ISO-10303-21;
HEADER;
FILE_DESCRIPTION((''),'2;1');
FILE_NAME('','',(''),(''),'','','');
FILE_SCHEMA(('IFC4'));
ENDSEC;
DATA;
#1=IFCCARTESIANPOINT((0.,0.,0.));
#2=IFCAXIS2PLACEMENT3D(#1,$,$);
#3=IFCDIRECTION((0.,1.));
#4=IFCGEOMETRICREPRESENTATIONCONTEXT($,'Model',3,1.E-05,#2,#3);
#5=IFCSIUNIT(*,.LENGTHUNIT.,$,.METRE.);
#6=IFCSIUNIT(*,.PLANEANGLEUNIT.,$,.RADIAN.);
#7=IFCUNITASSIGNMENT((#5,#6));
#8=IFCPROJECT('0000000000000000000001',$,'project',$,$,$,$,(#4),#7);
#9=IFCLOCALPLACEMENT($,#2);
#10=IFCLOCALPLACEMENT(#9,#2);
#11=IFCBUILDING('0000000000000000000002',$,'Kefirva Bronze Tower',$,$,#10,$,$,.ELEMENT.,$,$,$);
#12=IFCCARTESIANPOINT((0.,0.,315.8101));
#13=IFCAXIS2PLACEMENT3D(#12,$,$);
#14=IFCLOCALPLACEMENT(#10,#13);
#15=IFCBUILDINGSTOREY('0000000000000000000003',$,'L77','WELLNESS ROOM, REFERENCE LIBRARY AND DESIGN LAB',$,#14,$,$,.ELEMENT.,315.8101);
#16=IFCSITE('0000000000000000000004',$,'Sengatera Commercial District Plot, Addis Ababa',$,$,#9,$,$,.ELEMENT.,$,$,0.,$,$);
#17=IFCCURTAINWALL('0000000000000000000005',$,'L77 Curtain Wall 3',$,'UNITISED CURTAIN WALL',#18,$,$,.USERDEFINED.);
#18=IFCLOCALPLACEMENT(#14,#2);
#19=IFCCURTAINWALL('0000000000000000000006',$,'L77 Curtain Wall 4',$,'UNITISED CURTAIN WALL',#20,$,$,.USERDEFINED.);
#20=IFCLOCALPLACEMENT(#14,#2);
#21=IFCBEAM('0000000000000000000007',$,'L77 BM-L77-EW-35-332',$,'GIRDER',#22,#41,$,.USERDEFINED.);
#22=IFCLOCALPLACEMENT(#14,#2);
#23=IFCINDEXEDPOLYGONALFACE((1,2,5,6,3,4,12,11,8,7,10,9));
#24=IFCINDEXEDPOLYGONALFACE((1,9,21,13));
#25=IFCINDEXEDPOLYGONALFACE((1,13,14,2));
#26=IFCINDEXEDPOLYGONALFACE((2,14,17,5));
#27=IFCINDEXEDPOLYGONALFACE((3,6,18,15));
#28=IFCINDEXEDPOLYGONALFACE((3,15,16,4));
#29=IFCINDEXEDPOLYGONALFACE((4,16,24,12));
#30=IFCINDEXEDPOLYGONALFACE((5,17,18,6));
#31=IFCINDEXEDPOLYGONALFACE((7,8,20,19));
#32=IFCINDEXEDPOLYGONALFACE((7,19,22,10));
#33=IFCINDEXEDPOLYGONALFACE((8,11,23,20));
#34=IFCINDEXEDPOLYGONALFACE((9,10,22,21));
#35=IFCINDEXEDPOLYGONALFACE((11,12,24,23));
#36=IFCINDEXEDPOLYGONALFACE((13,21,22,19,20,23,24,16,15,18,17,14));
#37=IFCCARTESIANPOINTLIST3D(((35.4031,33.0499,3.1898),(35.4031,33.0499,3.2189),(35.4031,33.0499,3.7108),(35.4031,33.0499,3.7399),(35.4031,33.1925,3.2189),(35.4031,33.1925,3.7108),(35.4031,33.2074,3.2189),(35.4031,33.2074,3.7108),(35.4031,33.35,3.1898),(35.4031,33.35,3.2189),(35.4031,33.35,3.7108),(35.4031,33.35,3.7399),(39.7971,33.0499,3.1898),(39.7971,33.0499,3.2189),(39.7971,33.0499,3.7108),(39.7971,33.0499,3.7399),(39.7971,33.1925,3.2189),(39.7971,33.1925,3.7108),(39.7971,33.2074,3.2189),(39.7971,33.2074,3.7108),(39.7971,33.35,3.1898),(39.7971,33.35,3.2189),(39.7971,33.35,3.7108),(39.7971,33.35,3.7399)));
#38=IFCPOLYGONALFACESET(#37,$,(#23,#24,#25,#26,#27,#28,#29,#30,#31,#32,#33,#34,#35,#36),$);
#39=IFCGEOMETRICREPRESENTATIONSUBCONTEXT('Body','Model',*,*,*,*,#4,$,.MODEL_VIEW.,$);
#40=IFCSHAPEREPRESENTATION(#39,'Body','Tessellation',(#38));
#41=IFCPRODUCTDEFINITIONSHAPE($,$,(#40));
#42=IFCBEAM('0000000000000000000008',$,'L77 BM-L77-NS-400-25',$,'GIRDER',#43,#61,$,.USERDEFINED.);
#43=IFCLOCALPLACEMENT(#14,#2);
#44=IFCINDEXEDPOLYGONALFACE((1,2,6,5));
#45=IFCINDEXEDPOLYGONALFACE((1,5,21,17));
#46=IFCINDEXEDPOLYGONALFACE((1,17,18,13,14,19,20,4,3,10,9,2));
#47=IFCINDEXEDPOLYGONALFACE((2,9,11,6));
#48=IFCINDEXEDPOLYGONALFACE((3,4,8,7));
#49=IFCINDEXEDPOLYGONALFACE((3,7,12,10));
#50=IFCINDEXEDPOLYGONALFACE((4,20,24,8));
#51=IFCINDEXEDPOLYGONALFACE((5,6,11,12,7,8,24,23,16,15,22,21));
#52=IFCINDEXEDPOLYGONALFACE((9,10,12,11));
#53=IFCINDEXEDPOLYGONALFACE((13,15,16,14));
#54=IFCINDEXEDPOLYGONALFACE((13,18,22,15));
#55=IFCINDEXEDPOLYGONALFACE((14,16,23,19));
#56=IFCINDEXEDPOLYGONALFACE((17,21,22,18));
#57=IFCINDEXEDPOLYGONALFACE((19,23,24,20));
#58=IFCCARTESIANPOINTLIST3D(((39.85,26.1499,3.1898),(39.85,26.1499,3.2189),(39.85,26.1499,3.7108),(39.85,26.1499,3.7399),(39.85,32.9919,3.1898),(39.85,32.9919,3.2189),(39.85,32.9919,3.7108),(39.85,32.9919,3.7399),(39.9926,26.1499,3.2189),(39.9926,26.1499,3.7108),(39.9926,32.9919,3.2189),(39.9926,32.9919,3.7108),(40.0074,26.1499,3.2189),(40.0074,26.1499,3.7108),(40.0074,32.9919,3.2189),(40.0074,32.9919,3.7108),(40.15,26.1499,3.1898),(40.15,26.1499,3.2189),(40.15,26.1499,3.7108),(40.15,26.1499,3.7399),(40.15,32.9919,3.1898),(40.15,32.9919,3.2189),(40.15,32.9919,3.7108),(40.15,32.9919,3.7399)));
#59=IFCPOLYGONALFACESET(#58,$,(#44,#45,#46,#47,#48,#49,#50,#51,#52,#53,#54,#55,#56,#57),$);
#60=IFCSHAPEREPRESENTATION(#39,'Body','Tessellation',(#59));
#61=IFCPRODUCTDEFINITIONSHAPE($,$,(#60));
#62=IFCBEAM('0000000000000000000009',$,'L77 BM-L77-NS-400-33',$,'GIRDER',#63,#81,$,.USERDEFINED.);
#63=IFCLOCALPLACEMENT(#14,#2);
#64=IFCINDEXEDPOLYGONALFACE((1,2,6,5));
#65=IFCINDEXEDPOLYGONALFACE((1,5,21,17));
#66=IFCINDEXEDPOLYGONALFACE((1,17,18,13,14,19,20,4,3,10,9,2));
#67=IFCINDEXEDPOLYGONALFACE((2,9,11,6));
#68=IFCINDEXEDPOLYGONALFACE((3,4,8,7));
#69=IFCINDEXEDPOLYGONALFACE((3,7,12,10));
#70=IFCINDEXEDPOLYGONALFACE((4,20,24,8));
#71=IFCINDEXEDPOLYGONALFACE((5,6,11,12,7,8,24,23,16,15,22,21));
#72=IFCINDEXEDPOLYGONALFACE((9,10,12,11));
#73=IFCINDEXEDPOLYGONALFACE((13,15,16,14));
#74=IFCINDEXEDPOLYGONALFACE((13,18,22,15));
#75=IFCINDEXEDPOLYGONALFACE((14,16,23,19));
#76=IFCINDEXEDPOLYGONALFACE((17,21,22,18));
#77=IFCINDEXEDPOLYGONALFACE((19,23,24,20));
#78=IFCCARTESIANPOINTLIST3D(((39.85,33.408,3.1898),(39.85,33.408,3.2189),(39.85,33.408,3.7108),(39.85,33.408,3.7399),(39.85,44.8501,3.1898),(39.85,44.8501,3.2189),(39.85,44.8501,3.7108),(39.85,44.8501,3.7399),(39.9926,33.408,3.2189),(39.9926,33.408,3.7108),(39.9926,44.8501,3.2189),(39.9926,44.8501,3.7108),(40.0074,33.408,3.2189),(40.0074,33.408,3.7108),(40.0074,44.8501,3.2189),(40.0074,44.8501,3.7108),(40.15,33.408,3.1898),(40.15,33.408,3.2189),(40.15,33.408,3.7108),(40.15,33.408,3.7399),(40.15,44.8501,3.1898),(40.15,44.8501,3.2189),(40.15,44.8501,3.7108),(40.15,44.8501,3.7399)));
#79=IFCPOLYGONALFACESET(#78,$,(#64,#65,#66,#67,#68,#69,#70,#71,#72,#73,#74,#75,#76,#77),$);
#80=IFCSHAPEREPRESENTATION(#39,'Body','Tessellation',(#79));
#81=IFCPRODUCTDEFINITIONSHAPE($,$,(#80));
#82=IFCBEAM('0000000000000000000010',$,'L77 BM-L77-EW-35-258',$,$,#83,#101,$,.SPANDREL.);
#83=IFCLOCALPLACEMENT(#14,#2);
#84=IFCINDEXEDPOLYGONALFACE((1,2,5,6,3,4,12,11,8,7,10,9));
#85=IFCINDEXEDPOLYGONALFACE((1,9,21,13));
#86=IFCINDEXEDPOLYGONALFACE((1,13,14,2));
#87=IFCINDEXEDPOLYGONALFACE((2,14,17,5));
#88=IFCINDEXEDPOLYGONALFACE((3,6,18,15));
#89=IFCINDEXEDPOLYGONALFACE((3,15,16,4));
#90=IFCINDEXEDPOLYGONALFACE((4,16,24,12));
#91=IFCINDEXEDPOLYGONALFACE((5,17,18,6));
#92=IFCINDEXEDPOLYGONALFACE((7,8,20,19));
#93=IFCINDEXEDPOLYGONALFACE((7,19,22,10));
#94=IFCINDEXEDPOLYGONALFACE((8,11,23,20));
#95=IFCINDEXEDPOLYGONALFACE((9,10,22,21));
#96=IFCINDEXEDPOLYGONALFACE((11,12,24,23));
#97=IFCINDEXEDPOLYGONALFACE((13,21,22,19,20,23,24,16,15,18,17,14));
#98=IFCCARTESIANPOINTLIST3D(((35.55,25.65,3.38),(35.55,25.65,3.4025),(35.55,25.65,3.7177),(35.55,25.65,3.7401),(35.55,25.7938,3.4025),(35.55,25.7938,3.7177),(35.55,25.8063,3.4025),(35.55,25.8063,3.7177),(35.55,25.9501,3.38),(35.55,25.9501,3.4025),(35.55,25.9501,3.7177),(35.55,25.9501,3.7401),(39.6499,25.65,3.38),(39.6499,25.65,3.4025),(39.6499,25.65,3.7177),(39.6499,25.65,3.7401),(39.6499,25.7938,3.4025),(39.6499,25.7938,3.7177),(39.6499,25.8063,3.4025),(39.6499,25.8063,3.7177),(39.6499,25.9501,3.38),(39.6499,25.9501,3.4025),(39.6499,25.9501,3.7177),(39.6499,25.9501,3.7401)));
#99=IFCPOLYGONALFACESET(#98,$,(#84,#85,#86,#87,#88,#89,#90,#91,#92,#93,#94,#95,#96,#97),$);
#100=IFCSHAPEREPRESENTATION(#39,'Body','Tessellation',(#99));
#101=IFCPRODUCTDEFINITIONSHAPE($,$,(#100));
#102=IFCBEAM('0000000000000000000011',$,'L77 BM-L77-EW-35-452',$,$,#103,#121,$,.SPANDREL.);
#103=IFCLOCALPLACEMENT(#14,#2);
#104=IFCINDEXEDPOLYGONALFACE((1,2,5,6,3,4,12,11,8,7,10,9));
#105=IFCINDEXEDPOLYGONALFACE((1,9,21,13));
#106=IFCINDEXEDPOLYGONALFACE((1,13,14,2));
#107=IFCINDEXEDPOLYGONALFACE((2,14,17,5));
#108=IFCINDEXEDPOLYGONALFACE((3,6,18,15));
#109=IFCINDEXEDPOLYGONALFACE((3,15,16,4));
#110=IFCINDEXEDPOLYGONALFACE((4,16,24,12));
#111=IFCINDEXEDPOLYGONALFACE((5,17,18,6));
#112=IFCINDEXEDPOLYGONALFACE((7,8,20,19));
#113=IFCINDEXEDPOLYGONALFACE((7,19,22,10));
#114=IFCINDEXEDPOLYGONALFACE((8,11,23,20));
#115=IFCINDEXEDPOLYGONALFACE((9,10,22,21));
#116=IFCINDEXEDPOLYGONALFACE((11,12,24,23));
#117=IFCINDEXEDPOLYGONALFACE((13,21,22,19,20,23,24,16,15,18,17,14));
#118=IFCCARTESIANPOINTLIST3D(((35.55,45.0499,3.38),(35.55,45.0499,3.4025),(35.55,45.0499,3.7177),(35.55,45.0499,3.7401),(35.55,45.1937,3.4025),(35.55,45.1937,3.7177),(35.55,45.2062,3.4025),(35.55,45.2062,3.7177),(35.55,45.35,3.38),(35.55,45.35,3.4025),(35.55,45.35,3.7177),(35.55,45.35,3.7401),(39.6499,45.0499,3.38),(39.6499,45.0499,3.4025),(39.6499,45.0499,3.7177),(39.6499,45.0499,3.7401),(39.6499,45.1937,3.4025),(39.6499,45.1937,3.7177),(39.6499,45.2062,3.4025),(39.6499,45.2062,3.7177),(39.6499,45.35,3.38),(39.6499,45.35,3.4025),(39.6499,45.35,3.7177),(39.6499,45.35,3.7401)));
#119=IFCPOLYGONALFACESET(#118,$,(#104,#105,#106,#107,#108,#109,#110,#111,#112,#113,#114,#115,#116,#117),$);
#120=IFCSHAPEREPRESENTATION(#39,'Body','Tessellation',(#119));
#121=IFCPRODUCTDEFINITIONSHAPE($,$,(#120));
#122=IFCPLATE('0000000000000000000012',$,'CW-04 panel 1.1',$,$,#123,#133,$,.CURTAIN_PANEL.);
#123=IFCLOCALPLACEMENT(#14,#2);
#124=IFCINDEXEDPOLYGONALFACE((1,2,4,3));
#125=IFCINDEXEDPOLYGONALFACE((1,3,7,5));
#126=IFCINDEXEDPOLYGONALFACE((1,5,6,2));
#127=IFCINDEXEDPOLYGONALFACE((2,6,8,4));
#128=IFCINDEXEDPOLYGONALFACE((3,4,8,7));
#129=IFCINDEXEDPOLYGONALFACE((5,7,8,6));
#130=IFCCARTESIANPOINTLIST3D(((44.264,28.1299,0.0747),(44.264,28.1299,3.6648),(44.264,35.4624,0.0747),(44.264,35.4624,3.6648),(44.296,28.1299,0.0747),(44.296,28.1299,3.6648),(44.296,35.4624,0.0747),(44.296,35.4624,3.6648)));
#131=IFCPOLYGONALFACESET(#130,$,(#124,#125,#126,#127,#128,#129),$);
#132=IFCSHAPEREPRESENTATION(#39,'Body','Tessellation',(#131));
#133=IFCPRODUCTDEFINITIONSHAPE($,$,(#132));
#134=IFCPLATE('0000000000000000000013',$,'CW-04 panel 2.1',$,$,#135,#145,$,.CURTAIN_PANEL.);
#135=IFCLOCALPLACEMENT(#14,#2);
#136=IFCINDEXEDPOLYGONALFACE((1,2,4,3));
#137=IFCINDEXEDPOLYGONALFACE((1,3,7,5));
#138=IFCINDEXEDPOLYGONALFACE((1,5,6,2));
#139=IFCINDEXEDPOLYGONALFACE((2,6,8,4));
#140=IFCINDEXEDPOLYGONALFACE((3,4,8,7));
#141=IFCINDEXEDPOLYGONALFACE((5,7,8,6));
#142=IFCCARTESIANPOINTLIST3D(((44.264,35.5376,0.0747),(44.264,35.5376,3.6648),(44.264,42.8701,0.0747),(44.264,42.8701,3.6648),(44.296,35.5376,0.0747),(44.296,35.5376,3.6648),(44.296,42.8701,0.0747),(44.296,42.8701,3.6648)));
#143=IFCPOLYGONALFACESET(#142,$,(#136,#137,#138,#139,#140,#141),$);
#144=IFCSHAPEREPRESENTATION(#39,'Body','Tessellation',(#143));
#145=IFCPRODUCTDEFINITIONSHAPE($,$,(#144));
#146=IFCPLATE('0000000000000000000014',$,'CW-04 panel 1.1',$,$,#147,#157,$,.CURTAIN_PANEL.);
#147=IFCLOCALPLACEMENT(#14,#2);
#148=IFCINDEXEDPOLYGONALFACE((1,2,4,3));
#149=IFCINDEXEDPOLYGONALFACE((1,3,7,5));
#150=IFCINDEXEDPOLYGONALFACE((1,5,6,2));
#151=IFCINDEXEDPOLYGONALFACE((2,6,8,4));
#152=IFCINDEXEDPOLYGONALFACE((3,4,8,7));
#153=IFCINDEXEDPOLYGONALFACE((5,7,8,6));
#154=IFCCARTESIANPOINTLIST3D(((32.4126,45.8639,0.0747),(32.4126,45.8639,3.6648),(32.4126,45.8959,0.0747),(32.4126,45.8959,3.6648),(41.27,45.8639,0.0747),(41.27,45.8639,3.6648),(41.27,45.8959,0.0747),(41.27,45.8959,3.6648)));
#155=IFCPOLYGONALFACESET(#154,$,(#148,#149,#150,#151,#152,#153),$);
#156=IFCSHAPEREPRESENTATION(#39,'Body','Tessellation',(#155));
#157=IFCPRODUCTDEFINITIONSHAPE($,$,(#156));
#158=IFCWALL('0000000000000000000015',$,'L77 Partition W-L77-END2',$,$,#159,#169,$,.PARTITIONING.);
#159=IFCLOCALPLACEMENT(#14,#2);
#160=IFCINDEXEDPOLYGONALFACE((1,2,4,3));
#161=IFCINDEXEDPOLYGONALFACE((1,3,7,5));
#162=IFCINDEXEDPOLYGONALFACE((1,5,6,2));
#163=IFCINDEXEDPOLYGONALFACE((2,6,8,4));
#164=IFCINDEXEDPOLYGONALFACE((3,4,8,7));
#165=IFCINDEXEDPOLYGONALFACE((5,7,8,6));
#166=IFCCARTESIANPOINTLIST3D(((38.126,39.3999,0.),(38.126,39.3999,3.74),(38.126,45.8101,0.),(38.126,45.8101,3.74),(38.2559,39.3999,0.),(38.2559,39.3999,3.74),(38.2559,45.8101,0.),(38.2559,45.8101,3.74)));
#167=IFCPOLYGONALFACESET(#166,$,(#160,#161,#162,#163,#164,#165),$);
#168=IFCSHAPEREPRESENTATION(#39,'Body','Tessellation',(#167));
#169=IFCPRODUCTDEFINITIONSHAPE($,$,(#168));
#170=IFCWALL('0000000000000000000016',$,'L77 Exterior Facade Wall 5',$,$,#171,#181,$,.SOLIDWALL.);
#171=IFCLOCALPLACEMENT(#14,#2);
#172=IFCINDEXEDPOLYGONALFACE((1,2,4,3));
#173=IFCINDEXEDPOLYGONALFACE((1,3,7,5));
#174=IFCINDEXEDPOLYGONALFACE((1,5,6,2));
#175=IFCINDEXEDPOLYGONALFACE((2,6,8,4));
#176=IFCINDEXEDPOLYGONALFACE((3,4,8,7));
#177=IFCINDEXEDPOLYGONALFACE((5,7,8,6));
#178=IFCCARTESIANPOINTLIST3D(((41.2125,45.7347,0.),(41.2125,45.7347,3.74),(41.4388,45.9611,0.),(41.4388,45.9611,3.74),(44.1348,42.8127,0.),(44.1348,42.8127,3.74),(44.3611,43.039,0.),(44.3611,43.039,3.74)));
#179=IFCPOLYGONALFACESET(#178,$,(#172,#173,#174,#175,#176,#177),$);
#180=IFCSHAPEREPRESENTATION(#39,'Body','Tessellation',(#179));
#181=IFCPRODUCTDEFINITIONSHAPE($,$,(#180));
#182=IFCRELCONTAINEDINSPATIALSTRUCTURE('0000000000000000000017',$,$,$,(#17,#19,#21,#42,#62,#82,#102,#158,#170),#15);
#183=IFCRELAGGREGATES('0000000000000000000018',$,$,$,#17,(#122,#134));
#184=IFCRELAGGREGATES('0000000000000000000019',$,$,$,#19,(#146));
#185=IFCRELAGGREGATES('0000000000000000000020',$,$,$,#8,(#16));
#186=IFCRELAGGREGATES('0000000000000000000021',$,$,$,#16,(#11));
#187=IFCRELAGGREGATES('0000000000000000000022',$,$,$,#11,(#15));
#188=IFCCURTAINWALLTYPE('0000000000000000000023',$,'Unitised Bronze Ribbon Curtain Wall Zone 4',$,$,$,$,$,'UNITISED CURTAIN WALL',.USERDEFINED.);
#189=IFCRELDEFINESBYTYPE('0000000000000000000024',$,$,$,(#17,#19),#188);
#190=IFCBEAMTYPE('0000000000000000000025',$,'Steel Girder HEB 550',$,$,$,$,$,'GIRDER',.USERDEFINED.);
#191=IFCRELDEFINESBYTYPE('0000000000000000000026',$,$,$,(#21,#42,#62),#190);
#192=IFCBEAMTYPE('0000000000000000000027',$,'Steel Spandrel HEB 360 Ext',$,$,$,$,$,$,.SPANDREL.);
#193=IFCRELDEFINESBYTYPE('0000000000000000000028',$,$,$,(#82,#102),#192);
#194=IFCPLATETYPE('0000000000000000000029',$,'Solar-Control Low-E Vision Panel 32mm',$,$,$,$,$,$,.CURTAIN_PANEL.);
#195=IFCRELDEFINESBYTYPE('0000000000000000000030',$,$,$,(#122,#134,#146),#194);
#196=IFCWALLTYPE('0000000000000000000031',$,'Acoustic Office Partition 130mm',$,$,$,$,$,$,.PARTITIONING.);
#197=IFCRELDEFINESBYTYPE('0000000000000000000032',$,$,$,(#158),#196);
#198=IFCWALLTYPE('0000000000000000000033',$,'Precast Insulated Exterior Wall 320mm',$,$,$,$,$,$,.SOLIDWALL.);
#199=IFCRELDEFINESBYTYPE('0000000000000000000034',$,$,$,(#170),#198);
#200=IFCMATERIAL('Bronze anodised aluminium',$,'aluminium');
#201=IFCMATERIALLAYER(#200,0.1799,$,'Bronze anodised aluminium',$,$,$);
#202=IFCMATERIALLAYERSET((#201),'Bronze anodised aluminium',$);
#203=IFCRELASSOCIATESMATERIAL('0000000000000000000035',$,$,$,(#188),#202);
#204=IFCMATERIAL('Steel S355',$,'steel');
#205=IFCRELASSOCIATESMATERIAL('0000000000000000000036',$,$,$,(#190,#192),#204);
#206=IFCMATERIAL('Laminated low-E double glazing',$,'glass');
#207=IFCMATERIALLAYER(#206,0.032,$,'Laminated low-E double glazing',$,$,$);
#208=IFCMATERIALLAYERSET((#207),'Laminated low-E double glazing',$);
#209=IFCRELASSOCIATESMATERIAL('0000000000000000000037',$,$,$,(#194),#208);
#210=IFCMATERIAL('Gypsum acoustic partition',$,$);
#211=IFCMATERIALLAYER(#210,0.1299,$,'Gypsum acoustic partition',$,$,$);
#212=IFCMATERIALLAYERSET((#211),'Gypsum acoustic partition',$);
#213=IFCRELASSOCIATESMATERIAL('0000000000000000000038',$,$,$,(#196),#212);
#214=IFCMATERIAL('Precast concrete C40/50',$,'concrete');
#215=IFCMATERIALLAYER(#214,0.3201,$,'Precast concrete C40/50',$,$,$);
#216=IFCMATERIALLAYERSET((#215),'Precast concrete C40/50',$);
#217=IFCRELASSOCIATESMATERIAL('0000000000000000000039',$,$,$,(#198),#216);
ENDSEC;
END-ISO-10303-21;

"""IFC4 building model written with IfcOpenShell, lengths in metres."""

from ifc_helpers import new_model, si_unit, direction, frame, frame_2d, origin, origin_2d, place, context, subcontext, project, spatial, rectangle, i_section, extrude, material, layer, layer_set, material_profile, profile_set, type_object, element, aggregate, save


model = new_model("IFC4")

# Units and contexts
model_context = context("Model", 3, precision=1e-05, world=origin(), true_north=direction((0.0, 1.0)))
body_context = subcontext(model_context, "Body", "Model", "MODEL_VIEW")
ifc_project = project(units=[si_unit("LENGTHUNIT", "METRE"), si_unit("PLANEANGLEUNIT", "RADIAN")], contexts=[model_context])

# Site, building, storey
site_placement = place(None, origin())
site = spatial("IfcSite", under=ifc_project, at=site_placement, Name="Sengatera Commercial District Plot, Addis Ababa", CompositionType="ELEMENT", RefElevation=0.0)
building_placement = place(site_placement, origin())
building = spatial("IfcBuilding", under=site, at=building_placement, Name="Kefirva Bronze Tower", CompositionType="ELEMENT")
storey_placement = place(building_placement, frame((0.0, 0.0, 315.8101)))
storey = spatial("IfcBuildingStorey", under=building, at=storey_placement, Name="L77", Description="WELLNESS ROOM, REFERENCE LIBRARY AND DESIGN LAB", CompositionType="ELEMENT", Elevation=315.8101)

# Curtain wall
ifc_material_1 = material(Name="Bronze anodised aluminium", Category="aluminium")
ifc_layer_1 = layer(ifc_material_1, 0.1799, Name="Bronze anodised aluminium")
ifc_layer_set_1 = layer_set([ifc_layer_1], Name="Bronze anodised aluminium")
curtain_wall_type = type_object("IfcCurtainWallType", Name="Unitised Bronze Ribbon Curtain Wall Zone 4", ElementType="UNITISED CURTAIN WALL", PredefinedType="USERDEFINED", material=ifc_layer_set_1)
curtain_wall_1_placement = place(storey_placement, origin())
curtain_wall_1 = element("IfcCurtainWall", 1, at=curtain_wall_1_placement, inside=storey, type_object=curtain_wall_type, Name="L77 Curtain Wall 3", ObjectType="UNITISED CURTAIN WALL", PredefinedType="USERDEFINED")

# Curtain wall
curtain_wall_2_placement = place(storey_placement, origin())
curtain_wall_2 = element("IfcCurtainWall", 2, at=curtain_wall_2_placement, inside=storey, type_object=curtain_wall_type, Name="L77 Curtain Wall 4", ObjectType="UNITISED CURTAIN WALL", PredefinedType="USERDEFINED")

# Beams
ifc_material_2 = material(Name="Steel S355", Category="steel")
ifc_material_profile_1 = material_profile(ifc_material_2, i_section(OverallWidth=0.3, OverallDepth=0.55, WebThickness=0.0149, FlangeThickness=0.0291, at=origin_2d()), Name="HEB 550")
ifc_profile_set_1 = profile_set([ifc_material_profile_1], Name="Steel S355")
beam_type_1 = type_object("IfcBeamType", Name="Steel Girder HEB 550", ElementType="GIRDER", PredefinedType="USERDEFINED", material=ifc_profile_set_1)
beam_1_placement = place(storey_placement, frame((35.4031, 33.2, 3.4648), z_axis=(1.0, 0.0, 0.0), x_axis=(0.0, 1.0, 0.0)))
element("IfcBeam", 3, at=beam_1_placement, inside=storey, type_object=beam_type_1, Name="L77 BM-L77-EW-35-332", ObjectType="GIRDER", PredefinedType="USERDEFINED", context=body_context, shape_type="SweptSolid", body=[
    extrude(i_section(OverallWidth=0.3, OverallDepth=0.55, WebThickness=0.0149, FlangeThickness=0.0291, at=origin_2d()), origin(), (0.0, 0.0, 1.0), 4.394),
])
beam_2_placement = place(storey_placement, frame((40.0, 26.1499, 3.4648), z_axis=(0.0, 1.0, 0.0), x_axis=(-1.0, 0.0, 0.0)))
element("IfcBeam", 4, at=beam_2_placement, inside=storey, type_object=beam_type_1, Name="L77 BM-L77-NS-400-25", ObjectType="GIRDER", PredefinedType="USERDEFINED", context=body_context, shape_type="SweptSolid", body=[
    extrude(i_section(OverallWidth=0.3, OverallDepth=0.55, WebThickness=0.0149, FlangeThickness=0.0291, at=origin_2d()), origin(), (0.0, 0.0, 1.0), 6.842),
])
beam_3_placement = place(storey_placement, frame((40.0, 33.408, 3.4648), z_axis=(0.0, 1.0, 0.0), x_axis=(-1.0, 0.0, 0.0)))
element("IfcBeam", 5, at=beam_3_placement, inside=storey, type_object=beam_type_1, Name="L77 BM-L77-NS-400-33", ObjectType="GIRDER", PredefinedType="USERDEFINED", context=body_context, shape_type="SweptSolid", body=[
    extrude(i_section(OverallWidth=0.3, OverallDepth=0.55, WebThickness=0.0149, FlangeThickness=0.0291, at=origin_2d()), origin(), (0.0, 0.0, 1.0), 11.4421),
])
ifc_material_profile_2 = material_profile(ifc_material_2, i_section(OverallWidth=0.3, OverallDepth=0.3601, WebThickness=0.0125, FlangeThickness=0.0225, at=origin_2d()), Name="HEB 360")
ifc_profile_set_2 = profile_set([ifc_material_profile_2], Name="Steel S355")
beam_type_2 = type_object("IfcBeamType", Name="Steel Spandrel HEB 360 Ext", PredefinedType="SPANDREL", material=ifc_profile_set_2)
for number, where, z_axis, x_axis, name in (
    (6, (35.55, 25.8, 3.5601), (1.0, 0.0, 0.0), (0.0, 1.0, 0.0), "L77 BM-L77-EW-35-258"),
    (7, (35.55, 45.2, 3.5601), (1.0, 0.0, 0.0), (0.0, 1.0, 0.0), "L77 BM-L77-EW-35-452"),
):
    element("IfcBeam", number, at=place(storey_placement, frame(where, z_axis=z_axis, x_axis=x_axis)), inside=storey, type_object=beam_type_2, Name=name, PredefinedType="SPANDREL", context=body_context, shape_type="SweptSolid", body=[
        extrude(i_section(OverallWidth=0.3, OverallDepth=0.3601, WebThickness=0.0125, FlangeThickness=0.0225, at=origin_2d()), origin(), (0.0, 0.0, 1.0), 4.0999),
    ])

# Plates
ifc_material_3 = material(Name="Laminated low-E double glazing", Category="glass")
ifc_layer_2 = layer(ifc_material_3, 0.032, Name="Laminated low-E double glazing")
ifc_layer_set_2 = layer_set([ifc_layer_2], Name="Laminated low-E double glazing")
plate_type = type_object("IfcPlateType", Name="Solar-Control Low-E Vision Panel 32mm", PredefinedType="CURTAIN_PANEL", material=ifc_layer_set_2)
plate_1_placement = place(storey_placement, frame((44.28, 31.7961, 0.0747), z_axis=(0.0, 0.0, 1.0), x_axis=(0.0, 1.0, 0.0)))
plate_1 = element("IfcPlate", 8, at=plate_1_placement, type_object=plate_type, Name="CW-04 panel 1.1", PredefinedType="CURTAIN_PANEL", context=body_context, shape_type="SweptSolid", body=[
    extrude(rectangle(XDim=7.3325, YDim=0.032, at=origin_2d()), origin(), (0.0, 0.0, 1.0), 3.5901),
])
plate_2_placement = place(storey_placement, frame((44.28, 39.2039, 0.0747), z_axis=(0.0, 0.0, 1.0), x_axis=(0.0, 1.0, 0.0)))
plate_2 = element("IfcPlate", 9, at=plate_2_placement, type_object=plate_type, Name="CW-04 panel 2.1", PredefinedType="CURTAIN_PANEL", context=body_context, shape_type="SweptSolid", body=[
    extrude(rectangle(XDim=7.3325, YDim=0.032, at=origin_2d()), origin(), (0.0, 0.0, 1.0), 3.5901),
])
aggregate(curtain_wall_1, [plate_1, plate_2])
plate_3_placement = place(storey_placement, frame((36.8413, 45.8799, 0.0747), z_axis=(0.0, 0.0, 1.0), x_axis=(-1.0, 0.0, 0.0)))
plate_3 = element("IfcPlate", 10, at=plate_3_placement, type_object=plate_type, Name="CW-04 panel 1.1", PredefinedType="CURTAIN_PANEL", context=body_context, shape_type="SweptSolid", body=[
    extrude(rectangle(XDim=8.8574, YDim=0.032, at=origin_2d()), origin(), (0.0, 0.0, 1.0), 3.5901),
])
aggregate(curtain_wall_2, [plate_3])

# Walls
ifc_material_4 = material(Name="Gypsum acoustic partition")
ifc_layer_3 = layer(ifc_material_4, 0.1299, Name="Gypsum acoustic partition")
ifc_layer_set_3 = layer_set([ifc_layer_3], Name="Gypsum acoustic partition")
wall_type_1 = type_object("IfcWallType", Name="Acoustic Office Partition 130mm", PredefinedType="PARTITIONING", material=ifc_layer_set_3)
wall_1_placement = place(storey_placement, frame((38.1909, 39.3999, 0.0), z_axis=(0.0, 0.0, 1.0), x_axis=(0.0, 1.0, 0.0)))
element("IfcWall", 11, at=wall_1_placement, inside=storey, type_object=wall_type_1, Name="L77 Partition W-L77-END2", PredefinedType="PARTITIONING", context=body_context, shape_type="SweptSolid", body=[
    extrude(rectangle(XDim=6.4102, YDim=0.1299, at=frame_2d((3.2051, 0.0))), origin(), (0.0, 0.0, 1.0), 3.74),
])
ifc_material_5 = material(Name="Precast concrete C40/50", Category="concrete")
ifc_layer_4 = layer(ifc_material_5, 0.3201, Name="Precast concrete C40/50")
ifc_layer_set_4 = layer_set([ifc_layer_4], Name="Precast concrete C40/50")
wall_type_2 = type_object("IfcWallType", Name="Precast Insulated Exterior Wall 320mm", PredefinedType="SOLIDWALL", material=ifc_layer_set_4)
wall_2_placement = place(storey_placement, frame((44.248, 42.9258, 0.0), z_axis=(0.0, 0.0, 1.0), x_axis=(-0.707136, 0.707077, 0.0)))
element("IfcWall", 12, at=wall_2_placement, inside=storey, type_object=wall_type_2, Name="L77 Exterior Facade Wall 5", PredefinedType="SOLIDWALL", context=body_context, shape_type="SweptSolid", body=[
    extrude(rectangle(XDim=4.1326, YDim=0.3201, at=frame_2d((2.0664, 0.0))), origin(), (0.0, 0.0, 1.0), 3.74),
])

save(model, "model.ifc")
